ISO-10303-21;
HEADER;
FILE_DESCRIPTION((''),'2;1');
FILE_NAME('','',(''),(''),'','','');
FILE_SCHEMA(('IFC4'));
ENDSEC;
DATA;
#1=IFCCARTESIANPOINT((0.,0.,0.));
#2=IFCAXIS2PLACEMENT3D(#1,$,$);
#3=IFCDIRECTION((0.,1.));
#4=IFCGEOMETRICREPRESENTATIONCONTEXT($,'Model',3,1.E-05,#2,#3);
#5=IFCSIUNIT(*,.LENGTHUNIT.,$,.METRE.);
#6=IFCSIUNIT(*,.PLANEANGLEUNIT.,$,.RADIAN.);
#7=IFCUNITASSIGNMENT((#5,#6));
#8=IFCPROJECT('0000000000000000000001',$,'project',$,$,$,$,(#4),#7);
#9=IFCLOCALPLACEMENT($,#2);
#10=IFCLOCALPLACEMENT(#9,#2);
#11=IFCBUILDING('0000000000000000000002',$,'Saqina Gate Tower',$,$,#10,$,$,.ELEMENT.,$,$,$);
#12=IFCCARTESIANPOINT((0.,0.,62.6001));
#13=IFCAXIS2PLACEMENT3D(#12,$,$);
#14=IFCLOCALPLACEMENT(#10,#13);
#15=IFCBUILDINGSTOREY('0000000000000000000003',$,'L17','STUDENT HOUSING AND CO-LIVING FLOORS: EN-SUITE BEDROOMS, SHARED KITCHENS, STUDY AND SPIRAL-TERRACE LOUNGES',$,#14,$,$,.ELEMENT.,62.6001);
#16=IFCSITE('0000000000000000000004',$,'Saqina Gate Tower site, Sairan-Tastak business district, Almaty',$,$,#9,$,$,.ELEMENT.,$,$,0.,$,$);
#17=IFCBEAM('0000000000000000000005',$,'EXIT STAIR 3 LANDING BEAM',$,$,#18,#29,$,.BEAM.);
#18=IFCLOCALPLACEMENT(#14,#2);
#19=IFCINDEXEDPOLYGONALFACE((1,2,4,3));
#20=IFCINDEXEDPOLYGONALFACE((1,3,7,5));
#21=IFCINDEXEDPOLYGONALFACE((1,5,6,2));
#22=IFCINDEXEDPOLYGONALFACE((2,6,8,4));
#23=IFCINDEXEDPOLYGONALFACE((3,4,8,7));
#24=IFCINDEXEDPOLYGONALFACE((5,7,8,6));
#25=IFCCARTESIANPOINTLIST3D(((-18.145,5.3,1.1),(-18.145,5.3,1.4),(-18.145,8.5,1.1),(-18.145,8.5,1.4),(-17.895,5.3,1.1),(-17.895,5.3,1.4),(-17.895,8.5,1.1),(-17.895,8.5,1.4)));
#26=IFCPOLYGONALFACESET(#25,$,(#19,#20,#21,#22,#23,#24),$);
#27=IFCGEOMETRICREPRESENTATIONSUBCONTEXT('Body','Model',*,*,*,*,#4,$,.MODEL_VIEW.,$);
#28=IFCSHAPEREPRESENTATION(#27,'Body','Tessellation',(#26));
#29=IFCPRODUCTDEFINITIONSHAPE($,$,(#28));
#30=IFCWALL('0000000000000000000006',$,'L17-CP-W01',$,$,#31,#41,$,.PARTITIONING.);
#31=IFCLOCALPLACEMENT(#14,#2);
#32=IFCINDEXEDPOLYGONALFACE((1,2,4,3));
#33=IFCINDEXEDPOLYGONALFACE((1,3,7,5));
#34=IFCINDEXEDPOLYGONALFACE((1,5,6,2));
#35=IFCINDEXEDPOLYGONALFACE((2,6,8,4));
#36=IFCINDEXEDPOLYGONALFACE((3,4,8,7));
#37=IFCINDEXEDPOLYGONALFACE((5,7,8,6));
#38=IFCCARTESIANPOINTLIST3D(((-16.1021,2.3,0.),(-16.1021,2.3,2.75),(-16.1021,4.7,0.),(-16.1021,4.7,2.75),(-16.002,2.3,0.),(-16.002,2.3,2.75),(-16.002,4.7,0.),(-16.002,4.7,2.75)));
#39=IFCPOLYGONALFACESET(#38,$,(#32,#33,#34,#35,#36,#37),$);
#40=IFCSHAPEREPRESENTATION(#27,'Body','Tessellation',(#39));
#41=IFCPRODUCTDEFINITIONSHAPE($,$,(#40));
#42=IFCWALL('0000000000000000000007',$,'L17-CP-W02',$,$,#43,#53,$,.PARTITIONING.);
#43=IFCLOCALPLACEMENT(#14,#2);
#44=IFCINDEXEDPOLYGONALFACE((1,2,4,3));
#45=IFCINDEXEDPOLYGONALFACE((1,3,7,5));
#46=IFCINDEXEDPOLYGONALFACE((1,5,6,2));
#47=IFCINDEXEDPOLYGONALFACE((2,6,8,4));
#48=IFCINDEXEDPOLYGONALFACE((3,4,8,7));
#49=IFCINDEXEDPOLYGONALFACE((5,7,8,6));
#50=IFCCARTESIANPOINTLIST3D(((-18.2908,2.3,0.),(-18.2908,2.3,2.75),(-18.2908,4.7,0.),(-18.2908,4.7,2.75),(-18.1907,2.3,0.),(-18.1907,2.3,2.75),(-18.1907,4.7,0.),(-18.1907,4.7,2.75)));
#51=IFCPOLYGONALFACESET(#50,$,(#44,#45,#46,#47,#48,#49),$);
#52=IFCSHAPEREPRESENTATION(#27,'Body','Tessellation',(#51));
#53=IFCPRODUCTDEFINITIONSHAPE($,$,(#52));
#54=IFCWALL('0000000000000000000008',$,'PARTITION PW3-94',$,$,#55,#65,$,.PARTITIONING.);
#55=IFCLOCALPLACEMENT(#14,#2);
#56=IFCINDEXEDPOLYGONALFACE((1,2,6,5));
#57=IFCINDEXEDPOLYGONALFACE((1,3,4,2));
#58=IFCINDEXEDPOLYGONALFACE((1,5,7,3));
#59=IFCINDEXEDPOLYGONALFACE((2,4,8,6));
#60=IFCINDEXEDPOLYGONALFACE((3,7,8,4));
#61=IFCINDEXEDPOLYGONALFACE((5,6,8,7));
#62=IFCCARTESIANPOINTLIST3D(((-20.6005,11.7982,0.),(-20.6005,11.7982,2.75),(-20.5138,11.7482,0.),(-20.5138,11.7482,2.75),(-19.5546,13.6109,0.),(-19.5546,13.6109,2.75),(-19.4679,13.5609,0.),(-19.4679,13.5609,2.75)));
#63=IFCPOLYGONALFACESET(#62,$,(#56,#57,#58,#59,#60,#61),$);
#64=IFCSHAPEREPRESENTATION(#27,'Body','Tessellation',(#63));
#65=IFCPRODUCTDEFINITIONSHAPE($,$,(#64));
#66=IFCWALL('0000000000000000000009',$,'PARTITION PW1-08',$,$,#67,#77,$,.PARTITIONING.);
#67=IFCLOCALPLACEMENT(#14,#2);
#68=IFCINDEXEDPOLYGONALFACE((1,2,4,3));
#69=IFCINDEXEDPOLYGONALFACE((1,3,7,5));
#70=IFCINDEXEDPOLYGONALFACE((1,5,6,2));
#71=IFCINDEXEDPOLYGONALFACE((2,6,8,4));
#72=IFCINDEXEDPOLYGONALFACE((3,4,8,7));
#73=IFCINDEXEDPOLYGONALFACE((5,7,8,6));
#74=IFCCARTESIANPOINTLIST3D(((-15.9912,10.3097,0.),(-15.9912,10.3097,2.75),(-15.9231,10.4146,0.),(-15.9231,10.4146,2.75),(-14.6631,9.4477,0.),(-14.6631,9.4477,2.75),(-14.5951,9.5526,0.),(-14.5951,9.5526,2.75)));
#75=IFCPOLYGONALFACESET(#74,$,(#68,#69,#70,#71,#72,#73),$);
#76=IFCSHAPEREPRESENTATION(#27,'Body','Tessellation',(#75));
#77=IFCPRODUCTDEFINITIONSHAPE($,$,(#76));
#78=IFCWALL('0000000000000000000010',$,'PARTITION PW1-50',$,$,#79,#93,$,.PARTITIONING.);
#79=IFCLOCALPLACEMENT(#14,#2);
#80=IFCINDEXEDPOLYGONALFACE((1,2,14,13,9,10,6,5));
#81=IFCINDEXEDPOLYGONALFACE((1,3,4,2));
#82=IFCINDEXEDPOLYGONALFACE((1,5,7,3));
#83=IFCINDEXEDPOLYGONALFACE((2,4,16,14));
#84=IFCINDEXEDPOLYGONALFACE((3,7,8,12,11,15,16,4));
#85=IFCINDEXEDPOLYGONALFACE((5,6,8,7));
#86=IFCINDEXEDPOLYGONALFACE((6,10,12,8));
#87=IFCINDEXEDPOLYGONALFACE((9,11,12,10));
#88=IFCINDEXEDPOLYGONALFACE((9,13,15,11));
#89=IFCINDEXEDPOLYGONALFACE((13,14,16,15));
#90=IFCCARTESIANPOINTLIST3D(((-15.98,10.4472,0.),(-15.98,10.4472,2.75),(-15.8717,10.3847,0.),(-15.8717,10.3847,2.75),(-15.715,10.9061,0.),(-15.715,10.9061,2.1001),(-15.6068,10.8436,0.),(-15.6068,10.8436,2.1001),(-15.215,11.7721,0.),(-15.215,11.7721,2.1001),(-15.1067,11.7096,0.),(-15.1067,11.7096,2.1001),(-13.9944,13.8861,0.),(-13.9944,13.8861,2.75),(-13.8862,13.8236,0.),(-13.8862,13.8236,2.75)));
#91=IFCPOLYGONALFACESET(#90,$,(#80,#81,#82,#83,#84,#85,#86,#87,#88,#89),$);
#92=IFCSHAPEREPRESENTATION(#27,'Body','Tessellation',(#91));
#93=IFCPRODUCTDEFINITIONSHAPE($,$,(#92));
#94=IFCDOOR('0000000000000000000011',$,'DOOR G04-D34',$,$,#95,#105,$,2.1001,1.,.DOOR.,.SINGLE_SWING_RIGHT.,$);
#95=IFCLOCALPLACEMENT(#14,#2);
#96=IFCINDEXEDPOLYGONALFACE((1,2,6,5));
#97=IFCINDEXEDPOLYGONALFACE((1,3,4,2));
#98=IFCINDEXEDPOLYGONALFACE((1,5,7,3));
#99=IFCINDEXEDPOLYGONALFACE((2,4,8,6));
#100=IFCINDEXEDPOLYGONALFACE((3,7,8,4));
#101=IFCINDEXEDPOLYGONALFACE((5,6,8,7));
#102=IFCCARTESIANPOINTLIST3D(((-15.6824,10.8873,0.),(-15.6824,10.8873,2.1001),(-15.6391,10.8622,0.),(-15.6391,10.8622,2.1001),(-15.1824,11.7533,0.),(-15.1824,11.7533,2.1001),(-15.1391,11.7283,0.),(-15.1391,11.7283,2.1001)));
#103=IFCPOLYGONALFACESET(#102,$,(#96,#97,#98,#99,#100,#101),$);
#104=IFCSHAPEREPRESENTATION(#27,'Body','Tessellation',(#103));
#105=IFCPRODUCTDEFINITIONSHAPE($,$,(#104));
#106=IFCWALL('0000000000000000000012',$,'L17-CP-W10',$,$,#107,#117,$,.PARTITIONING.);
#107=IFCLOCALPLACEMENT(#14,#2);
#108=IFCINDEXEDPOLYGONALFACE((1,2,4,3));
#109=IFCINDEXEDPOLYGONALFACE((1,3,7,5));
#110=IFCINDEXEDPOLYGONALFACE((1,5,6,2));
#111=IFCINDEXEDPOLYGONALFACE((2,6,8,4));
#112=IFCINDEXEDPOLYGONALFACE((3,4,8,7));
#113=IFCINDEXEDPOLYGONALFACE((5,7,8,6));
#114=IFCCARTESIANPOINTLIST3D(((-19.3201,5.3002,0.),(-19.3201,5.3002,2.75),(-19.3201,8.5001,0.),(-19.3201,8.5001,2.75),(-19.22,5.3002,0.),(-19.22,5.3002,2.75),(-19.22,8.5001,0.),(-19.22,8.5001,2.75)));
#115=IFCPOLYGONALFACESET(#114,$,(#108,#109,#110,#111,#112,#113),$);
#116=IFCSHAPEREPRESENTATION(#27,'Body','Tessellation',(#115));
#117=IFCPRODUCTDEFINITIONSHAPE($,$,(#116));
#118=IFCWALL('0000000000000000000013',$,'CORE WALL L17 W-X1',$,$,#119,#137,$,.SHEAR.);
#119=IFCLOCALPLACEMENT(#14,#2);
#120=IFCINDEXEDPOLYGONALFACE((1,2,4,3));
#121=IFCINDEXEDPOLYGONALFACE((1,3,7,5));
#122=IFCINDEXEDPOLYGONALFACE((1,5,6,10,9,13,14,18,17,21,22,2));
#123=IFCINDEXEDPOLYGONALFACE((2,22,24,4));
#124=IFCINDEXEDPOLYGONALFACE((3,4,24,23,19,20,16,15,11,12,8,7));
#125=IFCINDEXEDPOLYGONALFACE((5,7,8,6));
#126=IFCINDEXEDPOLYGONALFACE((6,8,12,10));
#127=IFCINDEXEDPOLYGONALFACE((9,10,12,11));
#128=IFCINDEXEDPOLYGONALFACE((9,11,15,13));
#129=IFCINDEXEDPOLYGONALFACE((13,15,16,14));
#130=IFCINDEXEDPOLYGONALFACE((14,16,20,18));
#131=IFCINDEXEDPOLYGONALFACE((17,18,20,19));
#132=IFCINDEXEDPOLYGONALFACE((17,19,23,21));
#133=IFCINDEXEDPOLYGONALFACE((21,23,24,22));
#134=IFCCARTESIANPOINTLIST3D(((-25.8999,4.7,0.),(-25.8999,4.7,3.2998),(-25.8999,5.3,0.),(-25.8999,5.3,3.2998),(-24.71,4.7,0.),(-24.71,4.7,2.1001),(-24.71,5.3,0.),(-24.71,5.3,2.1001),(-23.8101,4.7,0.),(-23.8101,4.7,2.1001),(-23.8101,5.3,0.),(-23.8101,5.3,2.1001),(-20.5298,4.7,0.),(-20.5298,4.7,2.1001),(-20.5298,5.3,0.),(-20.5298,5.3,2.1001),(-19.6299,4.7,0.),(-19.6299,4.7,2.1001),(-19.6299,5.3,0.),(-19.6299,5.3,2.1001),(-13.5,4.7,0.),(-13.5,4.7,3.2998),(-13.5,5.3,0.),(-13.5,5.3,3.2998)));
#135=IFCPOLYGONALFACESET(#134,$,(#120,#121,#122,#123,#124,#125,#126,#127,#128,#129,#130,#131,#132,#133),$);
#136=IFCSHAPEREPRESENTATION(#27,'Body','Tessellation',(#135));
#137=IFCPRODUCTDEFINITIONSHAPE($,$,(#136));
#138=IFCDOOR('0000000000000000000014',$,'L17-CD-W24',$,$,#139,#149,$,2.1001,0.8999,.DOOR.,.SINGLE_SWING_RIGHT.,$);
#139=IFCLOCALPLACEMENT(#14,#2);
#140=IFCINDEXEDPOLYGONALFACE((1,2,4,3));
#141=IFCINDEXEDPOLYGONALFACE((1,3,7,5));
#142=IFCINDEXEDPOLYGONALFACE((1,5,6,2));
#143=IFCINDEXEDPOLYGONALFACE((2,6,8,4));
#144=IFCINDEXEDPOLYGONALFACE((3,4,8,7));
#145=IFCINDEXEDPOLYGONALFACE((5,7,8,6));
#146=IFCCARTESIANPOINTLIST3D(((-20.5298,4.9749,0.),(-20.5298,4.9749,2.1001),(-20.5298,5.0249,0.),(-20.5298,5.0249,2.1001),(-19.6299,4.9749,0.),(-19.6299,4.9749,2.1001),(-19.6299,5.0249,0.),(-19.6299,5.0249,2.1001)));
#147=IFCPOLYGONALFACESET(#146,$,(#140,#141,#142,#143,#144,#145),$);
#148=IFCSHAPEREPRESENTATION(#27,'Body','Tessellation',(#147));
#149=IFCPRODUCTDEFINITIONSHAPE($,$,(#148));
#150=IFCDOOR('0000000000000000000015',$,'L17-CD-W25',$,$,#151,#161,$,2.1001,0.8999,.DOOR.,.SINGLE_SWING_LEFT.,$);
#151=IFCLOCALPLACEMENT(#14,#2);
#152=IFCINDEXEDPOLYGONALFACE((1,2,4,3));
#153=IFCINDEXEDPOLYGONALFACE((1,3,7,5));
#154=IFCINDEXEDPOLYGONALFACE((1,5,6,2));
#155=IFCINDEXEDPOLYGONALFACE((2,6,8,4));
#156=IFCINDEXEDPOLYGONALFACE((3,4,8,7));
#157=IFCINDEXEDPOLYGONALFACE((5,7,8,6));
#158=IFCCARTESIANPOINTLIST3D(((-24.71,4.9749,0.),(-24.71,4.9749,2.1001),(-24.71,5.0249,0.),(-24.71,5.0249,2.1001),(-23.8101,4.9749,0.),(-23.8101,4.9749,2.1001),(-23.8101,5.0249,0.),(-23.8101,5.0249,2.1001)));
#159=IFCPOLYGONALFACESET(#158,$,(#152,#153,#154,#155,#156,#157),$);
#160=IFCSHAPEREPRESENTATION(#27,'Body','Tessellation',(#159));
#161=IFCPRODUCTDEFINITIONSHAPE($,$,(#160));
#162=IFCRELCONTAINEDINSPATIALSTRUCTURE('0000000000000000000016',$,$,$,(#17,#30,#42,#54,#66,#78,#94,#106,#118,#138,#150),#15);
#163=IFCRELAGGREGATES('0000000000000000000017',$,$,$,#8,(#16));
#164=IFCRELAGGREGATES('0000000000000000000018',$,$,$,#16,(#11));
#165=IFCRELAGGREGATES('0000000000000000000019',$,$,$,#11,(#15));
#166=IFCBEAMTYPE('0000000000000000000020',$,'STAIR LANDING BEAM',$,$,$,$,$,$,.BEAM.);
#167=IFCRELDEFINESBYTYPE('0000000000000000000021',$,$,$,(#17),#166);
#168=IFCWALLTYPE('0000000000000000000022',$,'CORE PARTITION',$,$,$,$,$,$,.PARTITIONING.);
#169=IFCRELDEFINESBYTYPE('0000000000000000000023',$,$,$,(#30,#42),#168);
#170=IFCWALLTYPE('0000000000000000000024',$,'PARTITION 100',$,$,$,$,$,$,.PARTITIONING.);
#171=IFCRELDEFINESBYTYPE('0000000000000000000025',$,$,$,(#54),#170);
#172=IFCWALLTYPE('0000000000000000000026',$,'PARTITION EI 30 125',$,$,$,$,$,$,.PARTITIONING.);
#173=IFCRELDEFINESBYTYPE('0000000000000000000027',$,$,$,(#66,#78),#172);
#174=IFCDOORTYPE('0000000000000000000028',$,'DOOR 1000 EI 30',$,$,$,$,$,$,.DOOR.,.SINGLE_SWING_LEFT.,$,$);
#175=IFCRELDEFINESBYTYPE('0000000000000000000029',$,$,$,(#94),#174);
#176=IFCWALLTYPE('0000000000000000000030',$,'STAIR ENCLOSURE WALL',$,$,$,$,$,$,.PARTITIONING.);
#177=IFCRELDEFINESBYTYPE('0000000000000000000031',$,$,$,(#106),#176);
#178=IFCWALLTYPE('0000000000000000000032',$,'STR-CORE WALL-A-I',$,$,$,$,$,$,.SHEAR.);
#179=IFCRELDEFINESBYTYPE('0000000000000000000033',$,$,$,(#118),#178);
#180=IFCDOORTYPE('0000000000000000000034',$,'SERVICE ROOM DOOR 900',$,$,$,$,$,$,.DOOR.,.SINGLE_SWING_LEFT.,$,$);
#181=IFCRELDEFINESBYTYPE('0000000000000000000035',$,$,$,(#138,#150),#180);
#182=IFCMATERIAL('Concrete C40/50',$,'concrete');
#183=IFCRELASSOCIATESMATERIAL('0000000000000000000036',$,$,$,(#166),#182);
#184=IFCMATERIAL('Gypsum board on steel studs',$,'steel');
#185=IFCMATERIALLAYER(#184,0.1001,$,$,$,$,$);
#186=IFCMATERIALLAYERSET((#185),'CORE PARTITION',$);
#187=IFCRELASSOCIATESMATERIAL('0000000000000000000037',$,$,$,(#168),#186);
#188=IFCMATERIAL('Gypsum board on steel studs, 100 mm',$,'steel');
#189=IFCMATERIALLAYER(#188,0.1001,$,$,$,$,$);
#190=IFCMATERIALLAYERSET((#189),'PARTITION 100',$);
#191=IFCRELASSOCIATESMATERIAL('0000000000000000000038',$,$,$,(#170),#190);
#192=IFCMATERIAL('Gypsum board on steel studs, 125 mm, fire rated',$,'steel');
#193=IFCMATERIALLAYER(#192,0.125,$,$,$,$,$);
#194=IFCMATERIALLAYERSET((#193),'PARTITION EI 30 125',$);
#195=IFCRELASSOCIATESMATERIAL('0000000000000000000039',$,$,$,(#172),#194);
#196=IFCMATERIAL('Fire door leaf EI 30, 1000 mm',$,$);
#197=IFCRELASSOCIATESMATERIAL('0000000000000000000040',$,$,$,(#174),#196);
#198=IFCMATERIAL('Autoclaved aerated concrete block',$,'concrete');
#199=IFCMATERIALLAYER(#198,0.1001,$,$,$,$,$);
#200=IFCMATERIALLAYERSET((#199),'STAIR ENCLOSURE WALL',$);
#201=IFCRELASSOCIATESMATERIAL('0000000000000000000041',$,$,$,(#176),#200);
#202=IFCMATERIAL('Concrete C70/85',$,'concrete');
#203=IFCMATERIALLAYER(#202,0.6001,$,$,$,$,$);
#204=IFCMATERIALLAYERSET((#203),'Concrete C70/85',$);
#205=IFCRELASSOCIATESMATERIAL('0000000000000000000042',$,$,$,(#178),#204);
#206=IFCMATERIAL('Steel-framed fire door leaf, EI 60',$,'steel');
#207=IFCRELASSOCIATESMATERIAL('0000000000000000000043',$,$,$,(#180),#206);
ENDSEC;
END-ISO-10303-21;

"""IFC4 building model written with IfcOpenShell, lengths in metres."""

from ifc_helpers import new_model, si_unit, direction, frame, frame_2d, origin, origin_2d, place, context, subcontext, project, spatial, rectangle, extrude, material, layer, layer_set, material_profile, profile_set, type_object, element, fill, save


model = new_model("IFC4")

# Units and contexts
model_context = context("Model", 3, precision=1e-05, world=origin(), true_north=direction((0.0, 1.0)))
body_context = subcontext(model_context, "Body", "Model", "MODEL_VIEW")
ifc_project = project(units=[si_unit("LENGTHUNIT", "METRE"), si_unit("PLANEANGLEUNIT", "RADIAN")], contexts=[model_context])

# Site, building, storey
site_placement = place(None, origin())
site = spatial("IfcSite", under=ifc_project, at=site_placement, Name="Saqina Gate Tower site, Sairan-Tastak business district, Almaty", CompositionType="ELEMENT", RefElevation=0.0)
building_placement = place(site_placement, origin())
building = spatial("IfcBuilding", under=site, at=building_placement, Name="Saqina Gate Tower", CompositionType="ELEMENT")
storey_placement = place(building_placement, frame((0.0, 0.0, 62.6001)))
storey = spatial("IfcBuildingStorey", under=building, at=storey_placement, Name="L17", Description="STUDENT HOUSING AND CO-LIVING FLOORS: EN-SUITE BEDROOMS, SHARED KITCHENS, STUDY AND SPIRAL-TERRACE LOUNGES", CompositionType="ELEMENT", Elevation=62.6001)

# Beam
ifc_material_1 = material(Name="Concrete C40/50", Category="concrete")
ifc_material_profile = material_profile(ifc_material_1, rectangle(XDim=0.25, YDim=0.3, at=origin_2d()), Name="STAIR LANDING BEAM")
ifc_profile_set = profile_set([ifc_material_profile], Name="Concrete C40/50")
beam_type = type_object("IfcBeamType", Name="STAIR LANDING BEAM", PredefinedType="BEAM", material=ifc_profile_set)
beam_placement = place(storey_placement, frame((-18.02, 5.3, 1.25), z_axis=(0.0, 1.0, 0.0), x_axis=(-1.0, 0.0, 0.0)))
element("IfcBeam", 1, at=beam_placement, inside=storey, type_object=beam_type, Name="EXIT STAIR 3 LANDING BEAM", PredefinedType="BEAM", context=body_context, shape_type="SweptSolid", body=[
    extrude(rectangle(XDim=0.25, YDim=0.3, at=origin_2d()), origin(), (0.0, 0.0, 1.0), 3.2),
])

# Walls
ifc_material_2 = material(Name="Gypsum board on steel studs", Category="steel")
ifc_layer_1 = layer(ifc_material_2, 0.1001)
ifc_layer_set_1 = layer_set([ifc_layer_1], Name="CORE PARTITION")
wall_type_1 = type_object("IfcWallType", Name="CORE PARTITION", PredefinedType="PARTITIONING", material=ifc_layer_set_1)
for number, where, z_axis, x_axis, name in (
    (2, (-16.052, 2.3, 0.0), (0.0, 0.0, 1.0), (0.0, 1.0, 0.0), "L17-CP-W01"),
    (3, (-18.2407, 2.3, 0.0), (0.0, 0.0, 1.0), (0.0, 1.0, 0.0), "L17-CP-W02"),
):
    element("IfcWall", number, at=place(storey_placement, frame(where, z_axis=z_axis, x_axis=x_axis)), inside=storey, type_object=wall_type_1, Name=name, PredefinedType="PARTITIONING", context=body_context, shape_type="SweptSolid", body=[
        extrude(rectangle(XDim=2.3999, YDim=0.1001, at=frame_2d((1.2, 0.0))), origin(), (0.0, 0.0, 1.0), 2.75),
    ])
ifc_material_3 = material(Name="Gypsum board on steel studs, 100 mm", Category="steel")
ifc_layer_2 = layer(ifc_material_3, 0.1001)
ifc_layer_set_2 = layer_set([ifc_layer_2], Name="PARTITION 100")
wall_type_2 = type_object("IfcWallType", Name="PARTITION 100", PredefinedType="PARTITIONING", material=ifc_layer_set_2)
wall_1_placement = place(storey_placement, frame((-20.5571, 11.7732, 0.0), z_axis=(0.0, 0.0, 1.0), x_axis=(0.499753, 0.866168, 0.0)))
element("IfcWall", 4, at=wall_1_placement, inside=storey, type_object=wall_type_2, Name="PARTITION PW3-94", PredefinedType="PARTITIONING", context=body_context, shape_type="SweptSolid", body=[
    extrude(rectangle(XDim=2.0928, YDim=0.1001, at=frame_2d((1.0464, 0.0))), origin(), (0.0, 0.0, 1.0), 2.75),
])
ifc_material_4 = material(Name="Gypsum board on steel studs, 125 mm, fire rated", Category="steel")
ifc_layer_3 = layer(ifc_material_4, 0.125)
ifc_layer_set_3 = layer_set([ifc_layer_3], Name="PARTITION EI 30 125")
wall_type_3 = type_object("IfcWallType", Name="PARTITION EI 30 125", PredefinedType="PARTITIONING", material=ifc_layer_set_3)
wall_2_placement = place(storey_placement, frame((-15.957, 10.3621, 0.0), z_axis=(0.0, 0.0, 1.0), x_axis=(0.838796, -0.544446, 0.0)))
element("IfcWall", 5, at=wall_2_placement, inside=storey, type_object=wall_type_3, Name="PARTITION PW1-08", PredefinedType="PARTITIONING", context=body_context, shape_type="SweptSolid", body=[
    extrude(rectangle(XDim=1.5833, YDim=0.125, at=frame_2d((0.7915, 0.0))), origin(), (0.0, 0.0, 1.0), 2.75),
])

# Wall, opening, door
wall_3_placement = place(storey_placement, frame((-15.9258, 10.416, 0.0), z_axis=(0.0, 0.0, 1.0), x_axis=(0.50002, 0.866014, 0.0)))
wall_3 = element("IfcWall", 6, at=wall_3_placement, inside=storey, type_object=wall_type_3, Name="PARTITION PW1-50", PredefinedType="PARTITIONING", context=body_context, shape_type="SweptSolid", body=[
    extrude(rectangle(XDim=3.9709, YDim=0.125, at=frame_2d((1.9854, 0.0))), origin(), (0.0, 0.0, 1.0), 2.75),
])
opening_1_placement = place(wall_3_placement, frame((0.5298, 0.0, 0.0)))
opening_1 = element("IfcOpeningElement", 7, at=opening_1_placement, cuts=wall_3, PredefinedType="OPENING", context=body_context, shape_type="SweptSolid", body=[
    extrude(rectangle(XDim=1.0, YDim=2.1001, at=frame_2d((0.5, 1.05))), frame((0.0, 0.0745, 0.0), z_axis=(0.0, -1.0, 0.0), x_axis=(1.0, 0.0, 0.0)), (0.0, 0.0, 1.0), 0.1489),
])
ifc_material_5 = material(Name="Fire door leaf EI 30, 1000 mm")
door_type_1 = type_object("IfcDoorType", Name="DOOR 1000 EI 30", OperationType="SINGLE_SWING_LEFT", PredefinedType="DOOR", material=ifc_material_5)
door_1_placement = place(opening_1_placement, origin())
door_1 = element("IfcDoor", 8, at=door_1_placement, inside=storey, type_object=door_type_1, Name="DOOR G04-D34", OperationType="SINGLE_SWING_RIGHT", OverallHeight=2.1001, OverallWidth=1.0, PredefinedType="DOOR", context=body_context, shape_type="SweptSolid", body=[
    extrude(rectangle(XDim=1.0, YDim=2.1001, at=frame_2d((0.5, 1.05))), frame((0.0, 0.0249, 0.0), z_axis=(0.0, -1.0, 0.0), x_axis=(1.0, 0.0, 0.0)), (0.0, 0.0, 1.0), 0.05),
])
fill(opening_1, door_1)

# Wall
ifc_material_6 = material(Name="Autoclaved aerated concrete block", Category="concrete")
ifc_layer_4 = layer(ifc_material_6, 0.1001)
ifc_layer_set_4 = layer_set([ifc_layer_4], Name="STAIR ENCLOSURE WALL")
wall_type_4 = type_object("IfcWallType", Name="STAIR ENCLOSURE WALL", PredefinedType="PARTITIONING", material=ifc_layer_set_4)
wall_4_placement = place(storey_placement, frame((-19.27, 5.3, 0.0), z_axis=(0.0, 0.0, 1.0), x_axis=(0.0, 1.0, 0.0)))
element("IfcWall", 9, at=wall_4_placement, inside=storey, type_object=wall_type_4, Name="L17-CP-W10", PredefinedType="PARTITIONING", context=body_context, shape_type="SweptSolid", body=[
    extrude(rectangle(XDim=3.2, YDim=0.1001, at=frame_2d((1.6001, 0.0))), origin(), (0.0, 0.0, 1.0), 2.75),
])

# Wall, openings, doors
ifc_material_7 = material(Name="Concrete C70/85", Category="concrete")
ifc_layer_5 = layer(ifc_material_7, 0.6001)
ifc_layer_set_5 = layer_set([ifc_layer_5], Name="Concrete C70/85")
wall_type_5 = type_object("IfcWallType", Name="STR-CORE WALL-A-I", PredefinedType="SHEAR", material=ifc_layer_set_5)
wall_5_placement = place(storey_placement, frame((-13.5, 5.0, 0.0), z_axis=(0.0, 0.0, 1.0), x_axis=(-1.0, 0.0, 0.0)))
wall_5 = element("IfcWall", 10, at=wall_5_placement, inside=storey, type_object=wall_type_5, Name="CORE WALL L17 W-X1", PredefinedType="SHEAR", context=body_context, shape_type="SweptSolid", body=[
    extrude(rectangle(XDim=12.3999, YDim=0.6001, at=frame_2d((6.2, 0.0))), origin(), (0.0, 0.0, 1.0), 3.2998),
])
opening_2_placement = place(wall_5_placement, frame((6.1299, 0.0, 0.0)))
opening_2 = element("IfcOpeningElement", 11, at=opening_2_placement, cuts=wall_5, PredefinedType="OPENING", context=body_context, shape_type="SweptSolid", body=[
    extrude(rectangle(XDim=0.8999, YDim=2.1001, at=frame_2d((0.45, 1.05))), frame((0.0, 0.312, 0.0), z_axis=(0.0, -1.0, 0.0), x_axis=(1.0, 0.0, 0.0)), (0.0, 0.0, 1.0), 0.624),
])
opening_3_placement = place(wall_5_placement, frame((10.3101, 0.0, 0.0)))
opening_3 = element("IfcOpeningElement", 12, at=opening_3_placement, cuts=wall_5, PredefinedType="OPENING", context=body_context, shape_type="SweptSolid", body=[
    extrude(rectangle(XDim=0.8999, YDim=2.1001, at=frame_2d((0.45, 1.05))), frame((0.0, 0.312, 0.0), z_axis=(0.0, -1.0, 0.0), x_axis=(1.0, 0.0, 0.0)), (0.0, 0.0, 1.0), 0.624),
])
ifc_material_8 = material(Name="Steel-framed fire door leaf, EI 60", Category="steel")
door_type_2 = type_object("IfcDoorType", Name="SERVICE ROOM DOOR 900", OperationType="SINGLE_SWING_LEFT", PredefinedType="DOOR", material=ifc_material_8)
door_2_placement = place(opening_2_placement, frame((0.8999, 0.0, 0.0), z_axis=(0.0, 0.0, 1.0), x_axis=(-1.0, 0.0, 0.0)))
door_2 = element("IfcDoor", 13, at=door_2_placement, inside=storey, type_object=door_type_2, Name="L17-CD-W24", OperationType="SINGLE_SWING_RIGHT", OverallHeight=2.1001, OverallWidth=0.8999, PredefinedType="DOOR", context=body_context, shape_type="SweptSolid", body=[
    extrude(rectangle(XDim=0.8999, YDim=2.1001, at=frame_2d((0.45, 1.05))), frame((0.0, 0.0249, 0.0), z_axis=(0.0, -1.0, 0.0), x_axis=(1.0, 0.0, 0.0)), (0.0, 0.0, 1.0), 0.05),
])
fill(opening_2, door_2)
door_3_placement = place(opening_3_placement, frame((0.8999, 0.0, 0.0), z_axis=(0.0, 0.0, 1.0), x_axis=(-1.0, 0.0, 0.0)))
door_3 = element("IfcDoor", 14, at=door_3_placement, inside=storey, type_object=door_type_2, Name="L17-CD-W25", OperationType="SINGLE_SWING_LEFT", OverallHeight=2.1001, OverallWidth=0.8999, PredefinedType="DOOR", context=body_context, shape_type="SweptSolid", body=[
    extrude(rectangle(XDim=0.8999, YDim=2.1001, at=frame_2d((0.45, 1.05))), frame((0.0, 0.0249, 0.0), z_axis=(0.0, -1.0, 0.0), x_axis=(1.0, 0.0, 0.0)), (0.0, 0.0, 1.0), 0.05),
])
fill(opening_3, door_3)

save(model, "model.ifc")
